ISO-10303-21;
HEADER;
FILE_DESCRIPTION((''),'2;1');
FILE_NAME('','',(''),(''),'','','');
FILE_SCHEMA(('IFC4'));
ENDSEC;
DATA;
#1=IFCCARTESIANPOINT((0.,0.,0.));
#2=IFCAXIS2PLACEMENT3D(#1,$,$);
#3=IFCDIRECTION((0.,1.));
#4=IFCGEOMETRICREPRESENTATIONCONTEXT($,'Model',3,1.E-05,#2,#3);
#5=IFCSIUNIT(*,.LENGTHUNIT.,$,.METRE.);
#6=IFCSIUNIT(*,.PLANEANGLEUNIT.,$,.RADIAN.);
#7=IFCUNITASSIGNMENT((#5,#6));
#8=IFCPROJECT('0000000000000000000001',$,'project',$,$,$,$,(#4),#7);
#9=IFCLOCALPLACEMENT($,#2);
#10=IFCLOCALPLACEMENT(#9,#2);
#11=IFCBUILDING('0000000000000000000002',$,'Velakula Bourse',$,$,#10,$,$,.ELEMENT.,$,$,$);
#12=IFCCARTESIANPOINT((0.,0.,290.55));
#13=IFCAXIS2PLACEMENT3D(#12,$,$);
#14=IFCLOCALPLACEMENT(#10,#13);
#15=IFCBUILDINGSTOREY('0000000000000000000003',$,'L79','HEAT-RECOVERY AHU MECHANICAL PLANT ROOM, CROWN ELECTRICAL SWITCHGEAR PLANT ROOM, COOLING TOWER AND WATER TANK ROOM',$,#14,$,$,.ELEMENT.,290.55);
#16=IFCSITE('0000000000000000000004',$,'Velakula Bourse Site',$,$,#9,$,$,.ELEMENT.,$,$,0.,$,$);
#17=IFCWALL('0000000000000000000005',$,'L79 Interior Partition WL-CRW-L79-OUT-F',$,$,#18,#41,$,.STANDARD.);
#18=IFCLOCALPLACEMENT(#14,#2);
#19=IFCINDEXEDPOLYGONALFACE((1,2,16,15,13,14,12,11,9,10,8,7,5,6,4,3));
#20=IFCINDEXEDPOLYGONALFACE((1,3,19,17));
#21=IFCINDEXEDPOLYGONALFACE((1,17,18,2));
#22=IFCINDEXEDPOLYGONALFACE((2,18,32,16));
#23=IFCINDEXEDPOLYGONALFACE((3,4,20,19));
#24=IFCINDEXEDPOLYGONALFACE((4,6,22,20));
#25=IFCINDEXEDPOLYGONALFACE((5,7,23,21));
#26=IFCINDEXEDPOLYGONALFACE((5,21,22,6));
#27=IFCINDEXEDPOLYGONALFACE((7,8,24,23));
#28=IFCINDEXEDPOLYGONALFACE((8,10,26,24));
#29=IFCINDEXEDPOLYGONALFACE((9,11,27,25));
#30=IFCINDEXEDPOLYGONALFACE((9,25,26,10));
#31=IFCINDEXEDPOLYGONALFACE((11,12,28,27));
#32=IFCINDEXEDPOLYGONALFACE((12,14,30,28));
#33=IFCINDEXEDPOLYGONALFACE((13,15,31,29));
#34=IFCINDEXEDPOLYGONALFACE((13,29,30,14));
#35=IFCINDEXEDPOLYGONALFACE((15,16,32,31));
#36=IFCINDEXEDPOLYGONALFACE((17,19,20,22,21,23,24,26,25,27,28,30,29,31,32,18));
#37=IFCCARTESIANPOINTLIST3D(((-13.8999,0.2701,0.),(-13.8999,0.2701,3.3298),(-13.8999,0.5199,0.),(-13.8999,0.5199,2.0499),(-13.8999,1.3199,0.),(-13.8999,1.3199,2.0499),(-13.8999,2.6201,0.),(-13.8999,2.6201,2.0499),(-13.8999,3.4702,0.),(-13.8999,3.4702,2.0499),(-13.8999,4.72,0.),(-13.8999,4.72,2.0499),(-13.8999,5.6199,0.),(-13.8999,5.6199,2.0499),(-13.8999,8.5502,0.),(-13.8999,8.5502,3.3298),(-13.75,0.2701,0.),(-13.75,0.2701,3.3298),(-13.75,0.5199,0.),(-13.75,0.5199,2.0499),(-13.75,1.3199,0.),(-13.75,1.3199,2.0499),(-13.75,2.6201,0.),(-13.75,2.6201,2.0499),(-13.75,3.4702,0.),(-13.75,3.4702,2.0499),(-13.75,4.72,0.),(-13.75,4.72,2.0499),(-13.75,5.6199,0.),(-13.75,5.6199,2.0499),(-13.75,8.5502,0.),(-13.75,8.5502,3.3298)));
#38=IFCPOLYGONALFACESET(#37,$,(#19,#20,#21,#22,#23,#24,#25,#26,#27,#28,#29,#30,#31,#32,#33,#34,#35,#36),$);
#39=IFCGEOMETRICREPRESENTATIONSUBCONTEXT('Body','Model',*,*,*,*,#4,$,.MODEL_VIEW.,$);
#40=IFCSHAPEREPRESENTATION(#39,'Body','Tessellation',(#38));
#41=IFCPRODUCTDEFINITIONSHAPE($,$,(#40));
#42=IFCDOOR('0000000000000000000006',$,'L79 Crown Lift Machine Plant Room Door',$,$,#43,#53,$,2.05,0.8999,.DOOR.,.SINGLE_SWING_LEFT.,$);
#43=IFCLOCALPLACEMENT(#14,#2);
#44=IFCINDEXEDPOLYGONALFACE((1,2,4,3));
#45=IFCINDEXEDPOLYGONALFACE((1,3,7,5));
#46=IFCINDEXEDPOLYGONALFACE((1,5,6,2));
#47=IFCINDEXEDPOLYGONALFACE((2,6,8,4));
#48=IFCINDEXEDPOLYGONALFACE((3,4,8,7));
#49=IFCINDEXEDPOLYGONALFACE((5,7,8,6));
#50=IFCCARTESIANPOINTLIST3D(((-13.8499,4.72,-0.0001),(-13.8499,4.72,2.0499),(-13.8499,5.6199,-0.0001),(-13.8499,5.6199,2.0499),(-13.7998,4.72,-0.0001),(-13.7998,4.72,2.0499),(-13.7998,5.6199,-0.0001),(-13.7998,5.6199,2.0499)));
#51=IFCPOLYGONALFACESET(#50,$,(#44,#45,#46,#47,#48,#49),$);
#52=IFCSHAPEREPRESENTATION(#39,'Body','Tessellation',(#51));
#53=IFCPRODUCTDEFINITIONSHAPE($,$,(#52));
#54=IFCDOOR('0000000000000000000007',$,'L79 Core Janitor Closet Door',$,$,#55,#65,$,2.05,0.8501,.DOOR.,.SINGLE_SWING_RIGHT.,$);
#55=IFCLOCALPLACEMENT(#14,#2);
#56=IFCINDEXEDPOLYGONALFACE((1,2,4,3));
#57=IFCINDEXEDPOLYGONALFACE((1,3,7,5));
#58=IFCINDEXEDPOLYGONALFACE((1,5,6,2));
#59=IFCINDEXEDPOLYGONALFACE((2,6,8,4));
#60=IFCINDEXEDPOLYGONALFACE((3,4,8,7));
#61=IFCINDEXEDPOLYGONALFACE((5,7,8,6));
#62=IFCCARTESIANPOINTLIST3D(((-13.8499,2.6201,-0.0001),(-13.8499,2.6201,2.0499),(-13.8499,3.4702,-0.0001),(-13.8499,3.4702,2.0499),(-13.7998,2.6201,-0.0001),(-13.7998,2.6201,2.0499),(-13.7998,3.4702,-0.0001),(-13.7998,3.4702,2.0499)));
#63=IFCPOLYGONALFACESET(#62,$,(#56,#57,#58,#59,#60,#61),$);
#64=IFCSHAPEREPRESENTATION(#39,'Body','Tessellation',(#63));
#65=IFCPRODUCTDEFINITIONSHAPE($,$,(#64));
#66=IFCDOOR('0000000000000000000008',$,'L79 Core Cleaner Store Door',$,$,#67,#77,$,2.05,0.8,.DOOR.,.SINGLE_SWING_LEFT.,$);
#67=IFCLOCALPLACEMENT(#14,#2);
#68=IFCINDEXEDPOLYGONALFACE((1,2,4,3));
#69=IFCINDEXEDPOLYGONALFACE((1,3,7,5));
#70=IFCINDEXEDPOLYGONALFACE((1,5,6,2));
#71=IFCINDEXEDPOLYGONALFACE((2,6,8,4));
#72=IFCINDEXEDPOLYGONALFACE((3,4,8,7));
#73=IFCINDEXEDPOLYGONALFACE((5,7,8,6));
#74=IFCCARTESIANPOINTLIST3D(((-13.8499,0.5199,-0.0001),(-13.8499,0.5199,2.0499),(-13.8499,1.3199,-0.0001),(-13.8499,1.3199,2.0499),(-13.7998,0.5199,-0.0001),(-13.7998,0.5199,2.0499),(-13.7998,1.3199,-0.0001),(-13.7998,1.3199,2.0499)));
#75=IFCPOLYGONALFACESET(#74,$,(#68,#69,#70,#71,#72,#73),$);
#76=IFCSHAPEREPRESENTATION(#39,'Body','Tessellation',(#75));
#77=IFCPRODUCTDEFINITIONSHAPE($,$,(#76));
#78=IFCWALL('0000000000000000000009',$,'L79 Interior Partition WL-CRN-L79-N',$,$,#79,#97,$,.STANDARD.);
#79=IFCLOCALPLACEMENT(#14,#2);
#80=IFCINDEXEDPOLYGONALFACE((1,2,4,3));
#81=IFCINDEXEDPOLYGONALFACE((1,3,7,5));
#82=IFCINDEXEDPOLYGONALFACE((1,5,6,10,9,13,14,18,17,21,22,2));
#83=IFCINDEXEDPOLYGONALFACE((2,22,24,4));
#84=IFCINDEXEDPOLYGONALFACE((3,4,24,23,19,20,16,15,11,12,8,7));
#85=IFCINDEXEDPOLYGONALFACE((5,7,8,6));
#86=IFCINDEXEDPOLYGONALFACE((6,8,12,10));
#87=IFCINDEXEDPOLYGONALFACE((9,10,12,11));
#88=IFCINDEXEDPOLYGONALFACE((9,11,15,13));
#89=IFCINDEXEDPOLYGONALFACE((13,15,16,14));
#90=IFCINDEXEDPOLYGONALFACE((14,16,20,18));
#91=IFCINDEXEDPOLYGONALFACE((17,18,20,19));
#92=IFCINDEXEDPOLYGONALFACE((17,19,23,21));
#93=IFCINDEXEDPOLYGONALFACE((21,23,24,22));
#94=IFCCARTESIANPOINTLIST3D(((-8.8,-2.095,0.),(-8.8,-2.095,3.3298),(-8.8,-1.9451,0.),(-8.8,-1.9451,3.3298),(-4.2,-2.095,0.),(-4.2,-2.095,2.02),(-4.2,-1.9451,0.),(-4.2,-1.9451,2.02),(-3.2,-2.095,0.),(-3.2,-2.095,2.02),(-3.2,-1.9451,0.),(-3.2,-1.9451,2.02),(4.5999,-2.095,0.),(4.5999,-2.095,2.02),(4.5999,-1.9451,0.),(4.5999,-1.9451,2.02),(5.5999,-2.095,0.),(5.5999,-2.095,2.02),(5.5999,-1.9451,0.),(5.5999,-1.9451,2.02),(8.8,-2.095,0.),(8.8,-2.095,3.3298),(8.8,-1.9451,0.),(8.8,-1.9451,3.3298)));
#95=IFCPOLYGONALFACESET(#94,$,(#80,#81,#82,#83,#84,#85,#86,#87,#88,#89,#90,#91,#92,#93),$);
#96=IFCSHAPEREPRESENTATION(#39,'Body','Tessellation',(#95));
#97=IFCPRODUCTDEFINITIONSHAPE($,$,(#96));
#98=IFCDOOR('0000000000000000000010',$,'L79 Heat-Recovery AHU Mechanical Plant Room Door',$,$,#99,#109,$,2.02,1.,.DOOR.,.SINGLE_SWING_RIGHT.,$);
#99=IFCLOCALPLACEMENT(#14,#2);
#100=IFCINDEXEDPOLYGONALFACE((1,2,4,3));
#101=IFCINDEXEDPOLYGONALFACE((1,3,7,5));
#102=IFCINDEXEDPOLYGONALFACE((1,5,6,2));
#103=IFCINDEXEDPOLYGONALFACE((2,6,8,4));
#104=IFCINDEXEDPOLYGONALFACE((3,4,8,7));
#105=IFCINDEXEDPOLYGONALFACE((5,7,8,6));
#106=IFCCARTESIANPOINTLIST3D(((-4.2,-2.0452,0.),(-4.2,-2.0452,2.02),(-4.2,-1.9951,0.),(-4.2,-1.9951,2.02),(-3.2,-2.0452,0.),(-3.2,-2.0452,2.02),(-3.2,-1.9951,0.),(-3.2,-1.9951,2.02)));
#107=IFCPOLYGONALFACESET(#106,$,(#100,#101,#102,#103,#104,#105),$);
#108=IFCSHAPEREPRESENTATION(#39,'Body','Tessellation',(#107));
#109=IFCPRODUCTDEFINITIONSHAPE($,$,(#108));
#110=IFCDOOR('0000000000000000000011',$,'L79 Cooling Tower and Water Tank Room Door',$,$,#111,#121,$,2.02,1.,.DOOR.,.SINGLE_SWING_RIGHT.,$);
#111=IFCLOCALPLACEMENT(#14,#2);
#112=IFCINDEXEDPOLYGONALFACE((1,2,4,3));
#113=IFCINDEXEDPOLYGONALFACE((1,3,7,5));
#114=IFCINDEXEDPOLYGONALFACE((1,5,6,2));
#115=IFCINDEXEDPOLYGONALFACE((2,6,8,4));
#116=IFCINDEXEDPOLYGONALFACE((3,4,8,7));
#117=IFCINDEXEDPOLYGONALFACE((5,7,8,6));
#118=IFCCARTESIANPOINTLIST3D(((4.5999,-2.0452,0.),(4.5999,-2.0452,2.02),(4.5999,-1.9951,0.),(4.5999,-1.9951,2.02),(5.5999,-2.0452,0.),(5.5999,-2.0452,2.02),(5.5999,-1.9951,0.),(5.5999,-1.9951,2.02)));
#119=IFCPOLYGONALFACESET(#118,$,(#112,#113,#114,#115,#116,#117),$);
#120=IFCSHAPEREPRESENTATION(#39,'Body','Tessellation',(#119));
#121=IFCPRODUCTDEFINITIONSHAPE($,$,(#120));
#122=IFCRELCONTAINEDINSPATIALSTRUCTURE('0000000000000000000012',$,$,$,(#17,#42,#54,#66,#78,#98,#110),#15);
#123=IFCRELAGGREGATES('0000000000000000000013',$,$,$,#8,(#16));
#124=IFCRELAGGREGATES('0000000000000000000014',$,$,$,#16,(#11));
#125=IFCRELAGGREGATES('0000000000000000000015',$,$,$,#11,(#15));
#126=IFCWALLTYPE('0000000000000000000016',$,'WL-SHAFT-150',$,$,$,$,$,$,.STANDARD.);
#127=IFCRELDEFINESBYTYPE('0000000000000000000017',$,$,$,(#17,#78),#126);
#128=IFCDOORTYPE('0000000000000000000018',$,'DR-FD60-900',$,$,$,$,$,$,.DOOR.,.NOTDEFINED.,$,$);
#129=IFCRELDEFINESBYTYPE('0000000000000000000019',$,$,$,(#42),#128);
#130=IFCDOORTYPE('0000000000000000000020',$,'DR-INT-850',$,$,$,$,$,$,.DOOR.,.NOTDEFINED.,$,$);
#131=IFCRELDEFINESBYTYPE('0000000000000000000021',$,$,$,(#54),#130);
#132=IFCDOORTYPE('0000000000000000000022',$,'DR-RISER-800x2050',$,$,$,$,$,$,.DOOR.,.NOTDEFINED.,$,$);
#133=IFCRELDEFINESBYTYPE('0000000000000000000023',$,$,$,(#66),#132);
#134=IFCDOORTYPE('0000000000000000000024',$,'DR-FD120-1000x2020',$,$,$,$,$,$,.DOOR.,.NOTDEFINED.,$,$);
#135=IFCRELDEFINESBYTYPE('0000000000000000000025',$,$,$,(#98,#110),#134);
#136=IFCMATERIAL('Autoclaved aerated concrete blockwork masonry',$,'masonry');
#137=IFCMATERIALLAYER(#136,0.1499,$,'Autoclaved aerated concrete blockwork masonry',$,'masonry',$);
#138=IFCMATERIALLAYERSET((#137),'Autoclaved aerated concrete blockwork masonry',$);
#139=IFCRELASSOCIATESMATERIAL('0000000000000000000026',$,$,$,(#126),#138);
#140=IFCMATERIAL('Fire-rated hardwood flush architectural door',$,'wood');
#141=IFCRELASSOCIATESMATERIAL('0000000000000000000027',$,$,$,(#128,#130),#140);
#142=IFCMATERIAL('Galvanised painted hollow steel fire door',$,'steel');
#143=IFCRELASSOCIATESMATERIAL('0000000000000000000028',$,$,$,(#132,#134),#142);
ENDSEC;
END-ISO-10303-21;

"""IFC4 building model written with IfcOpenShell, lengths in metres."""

from ifc_helpers import new_model, si_unit, direction, frame, frame_2d, origin, place, context, subcontext, project, spatial, rectangle, extrude, material, layer, layer_set, type_object, element, fill, save


model = new_model("IFC4")

# Units and contexts
model_context = context("Model", 3, precision=1e-05, world=origin(), true_north=direction((0.0, 1.0)))
body_context = subcontext(model_context, "Body", "Model", "MODEL_VIEW")
ifc_project = project(units=[si_unit("LENGTHUNIT", "METRE"), si_unit("PLANEANGLEUNIT", "RADIAN")], contexts=[model_context])

# Site, building, storey
site_placement = place(None, origin())
site = spatial("IfcSite", under=ifc_project, at=site_placement, Name="Velakula Bourse Site", CompositionType="ELEMENT", RefElevation=0.0)
building_placement = place(site_placement, origin())
building = spatial("IfcBuilding", under=site, at=building_placement, Name="Velakula Bourse", CompositionType="ELEMENT")
storey_placement = place(building_placement, frame((0.0, 0.0, 290.55)))
storey = spatial("IfcBuildingStorey", under=building, at=storey_placement, Name="L79", Description="HEAT-RECOVERY AHU MECHANICAL PLANT ROOM, CROWN ELECTRICAL SWITCHGEAR PLANT ROOM, COOLING TOWER AND WATER TANK ROOM", CompositionType="ELEMENT", Elevation=290.55)

# Shared definitions
ifc_material_1 = material(Name="Autoclaved aerated concrete blockwork masonry", Category="masonry")
ifc_layer_1 = layer(ifc_material_1, 0.1499, Name="Autoclaved aerated concrete blockwork masonry", Category="masonry")
ifc_layer_set_1 = layer_set([ifc_layer_1], Name="Autoclaved aerated concrete blockwork masonry")
wall_type_1 = type_object("IfcWallType", Name="WL-SHAFT-150", PredefinedType="STANDARD", material=ifc_layer_set_1)
ifc_material_2 = material(Name="Galvanised painted hollow steel fire door", Category="steel")
ifc_material_3 = material(Name="Fire-rated hardwood flush architectural door", Category="wood")

# Walls, openings, doors
wall_1_placement = place(storey_placement, frame((-13.825, 0.27, 0.0), z_axis=(0.0, 0.0, 1.0), x_axis=(0.0, 1.0, 0.0)))
wall_1 = element("IfcWall", 1, at=wall_1_placement, inside=storey, type_object=wall_type_1, Name="L79 Interior Partition WL-CRW-L79-OUT-F", PredefinedType="STANDARD", context=body_context, shape_type="SweptSolid", body=[
    extrude(rectangle(XDim=8.28, YDim=0.1499, at=frame_2d((4.1401, 0.0))), origin(), (0.0, 0.0, 1.0), 3.3298),
])
opening_1_placement = place(wall_1_placement, frame((4.45, 0.0, 0.0)))
opening_1 = element("IfcOpeningElement", 2, at=opening_1_placement, cuts=wall_1, PredefinedType="OPENING", context=body_context, shape_type="SweptSolid", body=[
    extrude(rectangle(XDim=0.8999, YDim=2.05, at=frame_2d((0.45, 1.0249))), frame((0.0, 0.085, 0.0), z_axis=(0.0, -1.0, 0.0), x_axis=(1.0, 0.0, 0.0)), (0.0, 0.0, 1.0), 0.1699),
])
opening_2_placement = place(wall_1_placement, frame((0.25, 0.0, 0.0)))
opening_2 = element("IfcOpeningElement", 3, at=opening_2_placement, cuts=wall_1, PredefinedType="OPENING", context=body_context, shape_type="SweptSolid", body=[
    extrude(rectangle(XDim=0.8, YDim=2.05, at=frame_2d((0.3999, 1.0249))), frame((0.0, 0.085, 0.0), z_axis=(0.0, -1.0, 0.0), x_axis=(1.0, 0.0, 0.0)), (0.0, 0.0, 1.0), 0.1699),
])
opening_3_placement = place(wall_1_placement, frame((2.3501, 0.0, 0.0)))
opening_3 = element("IfcOpeningElement", 4, at=opening_3_placement, cuts=wall_1, PredefinedType="OPENING", context=body_context, shape_type="SweptSolid", body=[
    extrude(rectangle(XDim=0.8501, YDim=2.05, at=frame_2d((0.425, 1.0249))), frame((0.0, 0.085, 0.0), z_axis=(0.0, -1.0, 0.0), x_axis=(1.0, 0.0, 0.0)), (0.0, 0.0, 1.0), 0.1699),
])
door_type_1 = type_object("IfcDoorType", Name="DR-FD60-900", OperationType="NOTDEFINED", PredefinedType="DOOR", material=ifc_material_3)
door_1_placement = place(opening_1_placement, origin())
door_1 = element("IfcDoor", 5, at=door_1_placement, inside=storey, type_object=door_type_1, Name="L79 Crown Lift Machine Plant Room Door", OperationType="SINGLE_SWING_LEFT", OverallHeight=2.05, OverallWidth=0.8999, PredefinedType="DOOR", context=body_context, shape_type="SweptSolid", body=[
    extrude(rectangle(XDim=0.8999, YDim=2.05, at=frame_2d((0.45, 1.0249))), frame((0.0, 0.0249, 0.0), z_axis=(0.0, -1.0, 0.0), x_axis=(1.0, 0.0, 0.0)), (0.0, 0.0, 1.0), 0.05),
])
fill(opening_1, door_1)
door_type_2 = type_object("IfcDoorType", Name="DR-INT-850", OperationType="NOTDEFINED", PredefinedType="DOOR", material=ifc_material_3)
door_2_placement = place(opening_3_placement, origin())
door_2 = element("IfcDoor", 6, at=door_2_placement, inside=storey, type_object=door_type_2, Name="L79 Core Janitor Closet Door", OperationType="SINGLE_SWING_RIGHT", OverallHeight=2.05, OverallWidth=0.8501, PredefinedType="DOOR", context=body_context, shape_type="SweptSolid", body=[
    extrude(rectangle(XDim=0.8501, YDim=2.05, at=frame_2d((0.425, 1.0249))), frame((0.0, 0.0249, 0.0), z_axis=(0.0, -1.0, 0.0), x_axis=(1.0, 0.0, 0.0)), (0.0, 0.0, 1.0), 0.05),
])
fill(opening_3, door_2)
door_type_3 = type_object("IfcDoorType", Name="DR-RISER-800x2050", OperationType="NOTDEFINED", PredefinedType="DOOR", material=ifc_material_2)
door_3_placement = place(opening_2_placement, origin())
door_3 = element("IfcDoor", 7, at=door_3_placement, inside=storey, type_object=door_type_3, Name="L79 Core Cleaner Store Door", OperationType="SINGLE_SWING_LEFT", OverallHeight=2.05, OverallWidth=0.8, PredefinedType="DOOR", context=body_context, shape_type="SweptSolid", body=[
    extrude(rectangle(XDim=0.8, YDim=2.05, at=frame_2d((0.3999, 1.0249))), frame((0.0, 0.0249, 0.0), z_axis=(0.0, -1.0, 0.0), x_axis=(1.0, 0.0, 0.0)), (0.0, 0.0, 1.0), 0.05),
])
fill(opening_2, door_3)
wall_2_placement = place(storey_placement, frame((-8.8, -2.02, 0.0), z_axis=(0.0, 0.0, 1.0), x_axis=(1.0, 0.0, 0.0)))
wall_2 = element("IfcWall", 8, at=wall_2_placement, inside=storey, type_object=wall_type_1, Name="L79 Interior Partition WL-CRN-L79-N", PredefinedType="STANDARD", context=body_context, shape_type="SweptSolid", body=[
    extrude(rectangle(XDim=17.6001, YDim=0.1499, at=frame_2d((8.8, 0.0))), origin(), (0.0, 0.0, 1.0), 3.3298),
])
opening_4_placement = place(wall_2_placement, frame((4.6001, 0.0, 0.0)))
opening_4 = element("IfcOpeningElement", 9, at=opening_4_placement, cuts=wall_2, PredefinedType="OPENING", context=body_context, shape_type="SweptSolid", body=[
    extrude(rectangle(XDim=1.0, YDim=2.02, at=frame_2d((0.5, 1.01))), frame((0.0, 0.085, 0.0), z_axis=(0.0, -1.0, 0.0), x_axis=(1.0, 0.0, 0.0)), (0.0, 0.0, 1.0), 0.1699),
])
opening_5_placement = place(wall_2_placement, frame((13.3999, 0.0, 0.0)))
opening_5 = element("IfcOpeningElement", 10, at=opening_5_placement, cuts=wall_2, PredefinedType="OPENING", context=body_context, shape_type="SweptSolid", body=[
    extrude(rectangle(XDim=1.0, YDim=2.02, at=frame_2d((0.5, 1.01))), frame((0.0, 0.085, 0.0), z_axis=(0.0, -1.0, 0.0), x_axis=(1.0, 0.0, 0.0)), (0.0, 0.0, 1.0), 0.1699),
])
door_type_4 = type_object("IfcDoorType", Name="DR-FD120-1000x2020", OperationType="NOTDEFINED", PredefinedType="DOOR", material=ifc_material_2)
door_4_placement = place(opening_4_placement, origin())
door_4 = element("IfcDoor", 11, at=door_4_placement, inside=storey, type_object=door_type_4, Name="L79 Heat-Recovery AHU Mechanical Plant Room Door", OperationType="SINGLE_SWING_RIGHT", OverallHeight=2.02, OverallWidth=1.0, PredefinedType="DOOR", context=body_context, shape_type="SweptSolid", body=[
    extrude(rectangle(XDim=1.0, YDim=2.02, at=frame_2d((0.5, 1.01))), frame((0.0, 0.0249, 0.0), z_axis=(0.0, -1.0, 0.0), x_axis=(1.0, 0.0, 0.0)), (0.0, 0.0, 1.0), 0.05),
])
fill(opening_4, door_4)
door_5_placement = place(opening_5_placement, origin())
door_5 = element("IfcDoor", 12, at=door_5_placement, inside=storey, type_object=door_type_4, Name="L79 Cooling Tower and Water Tank Room Door", OperationType="SINGLE_SWING_RIGHT", OverallHeight=2.02, OverallWidth=1.0, PredefinedType="DOOR", context=body_context, shape_type="SweptSolid", body=[
    extrude(rectangle(XDim=1.0, YDim=2.02, at=frame_2d((0.5, 1.01))), frame((0.0, 0.0249, 0.0), z_axis=(0.0, -1.0, 0.0), x_axis=(1.0, 0.0, 0.0)), (0.0, 0.0, 1.0), 0.05),
])
fill(opening_5, door_5)

save(model, "model.ifc")
